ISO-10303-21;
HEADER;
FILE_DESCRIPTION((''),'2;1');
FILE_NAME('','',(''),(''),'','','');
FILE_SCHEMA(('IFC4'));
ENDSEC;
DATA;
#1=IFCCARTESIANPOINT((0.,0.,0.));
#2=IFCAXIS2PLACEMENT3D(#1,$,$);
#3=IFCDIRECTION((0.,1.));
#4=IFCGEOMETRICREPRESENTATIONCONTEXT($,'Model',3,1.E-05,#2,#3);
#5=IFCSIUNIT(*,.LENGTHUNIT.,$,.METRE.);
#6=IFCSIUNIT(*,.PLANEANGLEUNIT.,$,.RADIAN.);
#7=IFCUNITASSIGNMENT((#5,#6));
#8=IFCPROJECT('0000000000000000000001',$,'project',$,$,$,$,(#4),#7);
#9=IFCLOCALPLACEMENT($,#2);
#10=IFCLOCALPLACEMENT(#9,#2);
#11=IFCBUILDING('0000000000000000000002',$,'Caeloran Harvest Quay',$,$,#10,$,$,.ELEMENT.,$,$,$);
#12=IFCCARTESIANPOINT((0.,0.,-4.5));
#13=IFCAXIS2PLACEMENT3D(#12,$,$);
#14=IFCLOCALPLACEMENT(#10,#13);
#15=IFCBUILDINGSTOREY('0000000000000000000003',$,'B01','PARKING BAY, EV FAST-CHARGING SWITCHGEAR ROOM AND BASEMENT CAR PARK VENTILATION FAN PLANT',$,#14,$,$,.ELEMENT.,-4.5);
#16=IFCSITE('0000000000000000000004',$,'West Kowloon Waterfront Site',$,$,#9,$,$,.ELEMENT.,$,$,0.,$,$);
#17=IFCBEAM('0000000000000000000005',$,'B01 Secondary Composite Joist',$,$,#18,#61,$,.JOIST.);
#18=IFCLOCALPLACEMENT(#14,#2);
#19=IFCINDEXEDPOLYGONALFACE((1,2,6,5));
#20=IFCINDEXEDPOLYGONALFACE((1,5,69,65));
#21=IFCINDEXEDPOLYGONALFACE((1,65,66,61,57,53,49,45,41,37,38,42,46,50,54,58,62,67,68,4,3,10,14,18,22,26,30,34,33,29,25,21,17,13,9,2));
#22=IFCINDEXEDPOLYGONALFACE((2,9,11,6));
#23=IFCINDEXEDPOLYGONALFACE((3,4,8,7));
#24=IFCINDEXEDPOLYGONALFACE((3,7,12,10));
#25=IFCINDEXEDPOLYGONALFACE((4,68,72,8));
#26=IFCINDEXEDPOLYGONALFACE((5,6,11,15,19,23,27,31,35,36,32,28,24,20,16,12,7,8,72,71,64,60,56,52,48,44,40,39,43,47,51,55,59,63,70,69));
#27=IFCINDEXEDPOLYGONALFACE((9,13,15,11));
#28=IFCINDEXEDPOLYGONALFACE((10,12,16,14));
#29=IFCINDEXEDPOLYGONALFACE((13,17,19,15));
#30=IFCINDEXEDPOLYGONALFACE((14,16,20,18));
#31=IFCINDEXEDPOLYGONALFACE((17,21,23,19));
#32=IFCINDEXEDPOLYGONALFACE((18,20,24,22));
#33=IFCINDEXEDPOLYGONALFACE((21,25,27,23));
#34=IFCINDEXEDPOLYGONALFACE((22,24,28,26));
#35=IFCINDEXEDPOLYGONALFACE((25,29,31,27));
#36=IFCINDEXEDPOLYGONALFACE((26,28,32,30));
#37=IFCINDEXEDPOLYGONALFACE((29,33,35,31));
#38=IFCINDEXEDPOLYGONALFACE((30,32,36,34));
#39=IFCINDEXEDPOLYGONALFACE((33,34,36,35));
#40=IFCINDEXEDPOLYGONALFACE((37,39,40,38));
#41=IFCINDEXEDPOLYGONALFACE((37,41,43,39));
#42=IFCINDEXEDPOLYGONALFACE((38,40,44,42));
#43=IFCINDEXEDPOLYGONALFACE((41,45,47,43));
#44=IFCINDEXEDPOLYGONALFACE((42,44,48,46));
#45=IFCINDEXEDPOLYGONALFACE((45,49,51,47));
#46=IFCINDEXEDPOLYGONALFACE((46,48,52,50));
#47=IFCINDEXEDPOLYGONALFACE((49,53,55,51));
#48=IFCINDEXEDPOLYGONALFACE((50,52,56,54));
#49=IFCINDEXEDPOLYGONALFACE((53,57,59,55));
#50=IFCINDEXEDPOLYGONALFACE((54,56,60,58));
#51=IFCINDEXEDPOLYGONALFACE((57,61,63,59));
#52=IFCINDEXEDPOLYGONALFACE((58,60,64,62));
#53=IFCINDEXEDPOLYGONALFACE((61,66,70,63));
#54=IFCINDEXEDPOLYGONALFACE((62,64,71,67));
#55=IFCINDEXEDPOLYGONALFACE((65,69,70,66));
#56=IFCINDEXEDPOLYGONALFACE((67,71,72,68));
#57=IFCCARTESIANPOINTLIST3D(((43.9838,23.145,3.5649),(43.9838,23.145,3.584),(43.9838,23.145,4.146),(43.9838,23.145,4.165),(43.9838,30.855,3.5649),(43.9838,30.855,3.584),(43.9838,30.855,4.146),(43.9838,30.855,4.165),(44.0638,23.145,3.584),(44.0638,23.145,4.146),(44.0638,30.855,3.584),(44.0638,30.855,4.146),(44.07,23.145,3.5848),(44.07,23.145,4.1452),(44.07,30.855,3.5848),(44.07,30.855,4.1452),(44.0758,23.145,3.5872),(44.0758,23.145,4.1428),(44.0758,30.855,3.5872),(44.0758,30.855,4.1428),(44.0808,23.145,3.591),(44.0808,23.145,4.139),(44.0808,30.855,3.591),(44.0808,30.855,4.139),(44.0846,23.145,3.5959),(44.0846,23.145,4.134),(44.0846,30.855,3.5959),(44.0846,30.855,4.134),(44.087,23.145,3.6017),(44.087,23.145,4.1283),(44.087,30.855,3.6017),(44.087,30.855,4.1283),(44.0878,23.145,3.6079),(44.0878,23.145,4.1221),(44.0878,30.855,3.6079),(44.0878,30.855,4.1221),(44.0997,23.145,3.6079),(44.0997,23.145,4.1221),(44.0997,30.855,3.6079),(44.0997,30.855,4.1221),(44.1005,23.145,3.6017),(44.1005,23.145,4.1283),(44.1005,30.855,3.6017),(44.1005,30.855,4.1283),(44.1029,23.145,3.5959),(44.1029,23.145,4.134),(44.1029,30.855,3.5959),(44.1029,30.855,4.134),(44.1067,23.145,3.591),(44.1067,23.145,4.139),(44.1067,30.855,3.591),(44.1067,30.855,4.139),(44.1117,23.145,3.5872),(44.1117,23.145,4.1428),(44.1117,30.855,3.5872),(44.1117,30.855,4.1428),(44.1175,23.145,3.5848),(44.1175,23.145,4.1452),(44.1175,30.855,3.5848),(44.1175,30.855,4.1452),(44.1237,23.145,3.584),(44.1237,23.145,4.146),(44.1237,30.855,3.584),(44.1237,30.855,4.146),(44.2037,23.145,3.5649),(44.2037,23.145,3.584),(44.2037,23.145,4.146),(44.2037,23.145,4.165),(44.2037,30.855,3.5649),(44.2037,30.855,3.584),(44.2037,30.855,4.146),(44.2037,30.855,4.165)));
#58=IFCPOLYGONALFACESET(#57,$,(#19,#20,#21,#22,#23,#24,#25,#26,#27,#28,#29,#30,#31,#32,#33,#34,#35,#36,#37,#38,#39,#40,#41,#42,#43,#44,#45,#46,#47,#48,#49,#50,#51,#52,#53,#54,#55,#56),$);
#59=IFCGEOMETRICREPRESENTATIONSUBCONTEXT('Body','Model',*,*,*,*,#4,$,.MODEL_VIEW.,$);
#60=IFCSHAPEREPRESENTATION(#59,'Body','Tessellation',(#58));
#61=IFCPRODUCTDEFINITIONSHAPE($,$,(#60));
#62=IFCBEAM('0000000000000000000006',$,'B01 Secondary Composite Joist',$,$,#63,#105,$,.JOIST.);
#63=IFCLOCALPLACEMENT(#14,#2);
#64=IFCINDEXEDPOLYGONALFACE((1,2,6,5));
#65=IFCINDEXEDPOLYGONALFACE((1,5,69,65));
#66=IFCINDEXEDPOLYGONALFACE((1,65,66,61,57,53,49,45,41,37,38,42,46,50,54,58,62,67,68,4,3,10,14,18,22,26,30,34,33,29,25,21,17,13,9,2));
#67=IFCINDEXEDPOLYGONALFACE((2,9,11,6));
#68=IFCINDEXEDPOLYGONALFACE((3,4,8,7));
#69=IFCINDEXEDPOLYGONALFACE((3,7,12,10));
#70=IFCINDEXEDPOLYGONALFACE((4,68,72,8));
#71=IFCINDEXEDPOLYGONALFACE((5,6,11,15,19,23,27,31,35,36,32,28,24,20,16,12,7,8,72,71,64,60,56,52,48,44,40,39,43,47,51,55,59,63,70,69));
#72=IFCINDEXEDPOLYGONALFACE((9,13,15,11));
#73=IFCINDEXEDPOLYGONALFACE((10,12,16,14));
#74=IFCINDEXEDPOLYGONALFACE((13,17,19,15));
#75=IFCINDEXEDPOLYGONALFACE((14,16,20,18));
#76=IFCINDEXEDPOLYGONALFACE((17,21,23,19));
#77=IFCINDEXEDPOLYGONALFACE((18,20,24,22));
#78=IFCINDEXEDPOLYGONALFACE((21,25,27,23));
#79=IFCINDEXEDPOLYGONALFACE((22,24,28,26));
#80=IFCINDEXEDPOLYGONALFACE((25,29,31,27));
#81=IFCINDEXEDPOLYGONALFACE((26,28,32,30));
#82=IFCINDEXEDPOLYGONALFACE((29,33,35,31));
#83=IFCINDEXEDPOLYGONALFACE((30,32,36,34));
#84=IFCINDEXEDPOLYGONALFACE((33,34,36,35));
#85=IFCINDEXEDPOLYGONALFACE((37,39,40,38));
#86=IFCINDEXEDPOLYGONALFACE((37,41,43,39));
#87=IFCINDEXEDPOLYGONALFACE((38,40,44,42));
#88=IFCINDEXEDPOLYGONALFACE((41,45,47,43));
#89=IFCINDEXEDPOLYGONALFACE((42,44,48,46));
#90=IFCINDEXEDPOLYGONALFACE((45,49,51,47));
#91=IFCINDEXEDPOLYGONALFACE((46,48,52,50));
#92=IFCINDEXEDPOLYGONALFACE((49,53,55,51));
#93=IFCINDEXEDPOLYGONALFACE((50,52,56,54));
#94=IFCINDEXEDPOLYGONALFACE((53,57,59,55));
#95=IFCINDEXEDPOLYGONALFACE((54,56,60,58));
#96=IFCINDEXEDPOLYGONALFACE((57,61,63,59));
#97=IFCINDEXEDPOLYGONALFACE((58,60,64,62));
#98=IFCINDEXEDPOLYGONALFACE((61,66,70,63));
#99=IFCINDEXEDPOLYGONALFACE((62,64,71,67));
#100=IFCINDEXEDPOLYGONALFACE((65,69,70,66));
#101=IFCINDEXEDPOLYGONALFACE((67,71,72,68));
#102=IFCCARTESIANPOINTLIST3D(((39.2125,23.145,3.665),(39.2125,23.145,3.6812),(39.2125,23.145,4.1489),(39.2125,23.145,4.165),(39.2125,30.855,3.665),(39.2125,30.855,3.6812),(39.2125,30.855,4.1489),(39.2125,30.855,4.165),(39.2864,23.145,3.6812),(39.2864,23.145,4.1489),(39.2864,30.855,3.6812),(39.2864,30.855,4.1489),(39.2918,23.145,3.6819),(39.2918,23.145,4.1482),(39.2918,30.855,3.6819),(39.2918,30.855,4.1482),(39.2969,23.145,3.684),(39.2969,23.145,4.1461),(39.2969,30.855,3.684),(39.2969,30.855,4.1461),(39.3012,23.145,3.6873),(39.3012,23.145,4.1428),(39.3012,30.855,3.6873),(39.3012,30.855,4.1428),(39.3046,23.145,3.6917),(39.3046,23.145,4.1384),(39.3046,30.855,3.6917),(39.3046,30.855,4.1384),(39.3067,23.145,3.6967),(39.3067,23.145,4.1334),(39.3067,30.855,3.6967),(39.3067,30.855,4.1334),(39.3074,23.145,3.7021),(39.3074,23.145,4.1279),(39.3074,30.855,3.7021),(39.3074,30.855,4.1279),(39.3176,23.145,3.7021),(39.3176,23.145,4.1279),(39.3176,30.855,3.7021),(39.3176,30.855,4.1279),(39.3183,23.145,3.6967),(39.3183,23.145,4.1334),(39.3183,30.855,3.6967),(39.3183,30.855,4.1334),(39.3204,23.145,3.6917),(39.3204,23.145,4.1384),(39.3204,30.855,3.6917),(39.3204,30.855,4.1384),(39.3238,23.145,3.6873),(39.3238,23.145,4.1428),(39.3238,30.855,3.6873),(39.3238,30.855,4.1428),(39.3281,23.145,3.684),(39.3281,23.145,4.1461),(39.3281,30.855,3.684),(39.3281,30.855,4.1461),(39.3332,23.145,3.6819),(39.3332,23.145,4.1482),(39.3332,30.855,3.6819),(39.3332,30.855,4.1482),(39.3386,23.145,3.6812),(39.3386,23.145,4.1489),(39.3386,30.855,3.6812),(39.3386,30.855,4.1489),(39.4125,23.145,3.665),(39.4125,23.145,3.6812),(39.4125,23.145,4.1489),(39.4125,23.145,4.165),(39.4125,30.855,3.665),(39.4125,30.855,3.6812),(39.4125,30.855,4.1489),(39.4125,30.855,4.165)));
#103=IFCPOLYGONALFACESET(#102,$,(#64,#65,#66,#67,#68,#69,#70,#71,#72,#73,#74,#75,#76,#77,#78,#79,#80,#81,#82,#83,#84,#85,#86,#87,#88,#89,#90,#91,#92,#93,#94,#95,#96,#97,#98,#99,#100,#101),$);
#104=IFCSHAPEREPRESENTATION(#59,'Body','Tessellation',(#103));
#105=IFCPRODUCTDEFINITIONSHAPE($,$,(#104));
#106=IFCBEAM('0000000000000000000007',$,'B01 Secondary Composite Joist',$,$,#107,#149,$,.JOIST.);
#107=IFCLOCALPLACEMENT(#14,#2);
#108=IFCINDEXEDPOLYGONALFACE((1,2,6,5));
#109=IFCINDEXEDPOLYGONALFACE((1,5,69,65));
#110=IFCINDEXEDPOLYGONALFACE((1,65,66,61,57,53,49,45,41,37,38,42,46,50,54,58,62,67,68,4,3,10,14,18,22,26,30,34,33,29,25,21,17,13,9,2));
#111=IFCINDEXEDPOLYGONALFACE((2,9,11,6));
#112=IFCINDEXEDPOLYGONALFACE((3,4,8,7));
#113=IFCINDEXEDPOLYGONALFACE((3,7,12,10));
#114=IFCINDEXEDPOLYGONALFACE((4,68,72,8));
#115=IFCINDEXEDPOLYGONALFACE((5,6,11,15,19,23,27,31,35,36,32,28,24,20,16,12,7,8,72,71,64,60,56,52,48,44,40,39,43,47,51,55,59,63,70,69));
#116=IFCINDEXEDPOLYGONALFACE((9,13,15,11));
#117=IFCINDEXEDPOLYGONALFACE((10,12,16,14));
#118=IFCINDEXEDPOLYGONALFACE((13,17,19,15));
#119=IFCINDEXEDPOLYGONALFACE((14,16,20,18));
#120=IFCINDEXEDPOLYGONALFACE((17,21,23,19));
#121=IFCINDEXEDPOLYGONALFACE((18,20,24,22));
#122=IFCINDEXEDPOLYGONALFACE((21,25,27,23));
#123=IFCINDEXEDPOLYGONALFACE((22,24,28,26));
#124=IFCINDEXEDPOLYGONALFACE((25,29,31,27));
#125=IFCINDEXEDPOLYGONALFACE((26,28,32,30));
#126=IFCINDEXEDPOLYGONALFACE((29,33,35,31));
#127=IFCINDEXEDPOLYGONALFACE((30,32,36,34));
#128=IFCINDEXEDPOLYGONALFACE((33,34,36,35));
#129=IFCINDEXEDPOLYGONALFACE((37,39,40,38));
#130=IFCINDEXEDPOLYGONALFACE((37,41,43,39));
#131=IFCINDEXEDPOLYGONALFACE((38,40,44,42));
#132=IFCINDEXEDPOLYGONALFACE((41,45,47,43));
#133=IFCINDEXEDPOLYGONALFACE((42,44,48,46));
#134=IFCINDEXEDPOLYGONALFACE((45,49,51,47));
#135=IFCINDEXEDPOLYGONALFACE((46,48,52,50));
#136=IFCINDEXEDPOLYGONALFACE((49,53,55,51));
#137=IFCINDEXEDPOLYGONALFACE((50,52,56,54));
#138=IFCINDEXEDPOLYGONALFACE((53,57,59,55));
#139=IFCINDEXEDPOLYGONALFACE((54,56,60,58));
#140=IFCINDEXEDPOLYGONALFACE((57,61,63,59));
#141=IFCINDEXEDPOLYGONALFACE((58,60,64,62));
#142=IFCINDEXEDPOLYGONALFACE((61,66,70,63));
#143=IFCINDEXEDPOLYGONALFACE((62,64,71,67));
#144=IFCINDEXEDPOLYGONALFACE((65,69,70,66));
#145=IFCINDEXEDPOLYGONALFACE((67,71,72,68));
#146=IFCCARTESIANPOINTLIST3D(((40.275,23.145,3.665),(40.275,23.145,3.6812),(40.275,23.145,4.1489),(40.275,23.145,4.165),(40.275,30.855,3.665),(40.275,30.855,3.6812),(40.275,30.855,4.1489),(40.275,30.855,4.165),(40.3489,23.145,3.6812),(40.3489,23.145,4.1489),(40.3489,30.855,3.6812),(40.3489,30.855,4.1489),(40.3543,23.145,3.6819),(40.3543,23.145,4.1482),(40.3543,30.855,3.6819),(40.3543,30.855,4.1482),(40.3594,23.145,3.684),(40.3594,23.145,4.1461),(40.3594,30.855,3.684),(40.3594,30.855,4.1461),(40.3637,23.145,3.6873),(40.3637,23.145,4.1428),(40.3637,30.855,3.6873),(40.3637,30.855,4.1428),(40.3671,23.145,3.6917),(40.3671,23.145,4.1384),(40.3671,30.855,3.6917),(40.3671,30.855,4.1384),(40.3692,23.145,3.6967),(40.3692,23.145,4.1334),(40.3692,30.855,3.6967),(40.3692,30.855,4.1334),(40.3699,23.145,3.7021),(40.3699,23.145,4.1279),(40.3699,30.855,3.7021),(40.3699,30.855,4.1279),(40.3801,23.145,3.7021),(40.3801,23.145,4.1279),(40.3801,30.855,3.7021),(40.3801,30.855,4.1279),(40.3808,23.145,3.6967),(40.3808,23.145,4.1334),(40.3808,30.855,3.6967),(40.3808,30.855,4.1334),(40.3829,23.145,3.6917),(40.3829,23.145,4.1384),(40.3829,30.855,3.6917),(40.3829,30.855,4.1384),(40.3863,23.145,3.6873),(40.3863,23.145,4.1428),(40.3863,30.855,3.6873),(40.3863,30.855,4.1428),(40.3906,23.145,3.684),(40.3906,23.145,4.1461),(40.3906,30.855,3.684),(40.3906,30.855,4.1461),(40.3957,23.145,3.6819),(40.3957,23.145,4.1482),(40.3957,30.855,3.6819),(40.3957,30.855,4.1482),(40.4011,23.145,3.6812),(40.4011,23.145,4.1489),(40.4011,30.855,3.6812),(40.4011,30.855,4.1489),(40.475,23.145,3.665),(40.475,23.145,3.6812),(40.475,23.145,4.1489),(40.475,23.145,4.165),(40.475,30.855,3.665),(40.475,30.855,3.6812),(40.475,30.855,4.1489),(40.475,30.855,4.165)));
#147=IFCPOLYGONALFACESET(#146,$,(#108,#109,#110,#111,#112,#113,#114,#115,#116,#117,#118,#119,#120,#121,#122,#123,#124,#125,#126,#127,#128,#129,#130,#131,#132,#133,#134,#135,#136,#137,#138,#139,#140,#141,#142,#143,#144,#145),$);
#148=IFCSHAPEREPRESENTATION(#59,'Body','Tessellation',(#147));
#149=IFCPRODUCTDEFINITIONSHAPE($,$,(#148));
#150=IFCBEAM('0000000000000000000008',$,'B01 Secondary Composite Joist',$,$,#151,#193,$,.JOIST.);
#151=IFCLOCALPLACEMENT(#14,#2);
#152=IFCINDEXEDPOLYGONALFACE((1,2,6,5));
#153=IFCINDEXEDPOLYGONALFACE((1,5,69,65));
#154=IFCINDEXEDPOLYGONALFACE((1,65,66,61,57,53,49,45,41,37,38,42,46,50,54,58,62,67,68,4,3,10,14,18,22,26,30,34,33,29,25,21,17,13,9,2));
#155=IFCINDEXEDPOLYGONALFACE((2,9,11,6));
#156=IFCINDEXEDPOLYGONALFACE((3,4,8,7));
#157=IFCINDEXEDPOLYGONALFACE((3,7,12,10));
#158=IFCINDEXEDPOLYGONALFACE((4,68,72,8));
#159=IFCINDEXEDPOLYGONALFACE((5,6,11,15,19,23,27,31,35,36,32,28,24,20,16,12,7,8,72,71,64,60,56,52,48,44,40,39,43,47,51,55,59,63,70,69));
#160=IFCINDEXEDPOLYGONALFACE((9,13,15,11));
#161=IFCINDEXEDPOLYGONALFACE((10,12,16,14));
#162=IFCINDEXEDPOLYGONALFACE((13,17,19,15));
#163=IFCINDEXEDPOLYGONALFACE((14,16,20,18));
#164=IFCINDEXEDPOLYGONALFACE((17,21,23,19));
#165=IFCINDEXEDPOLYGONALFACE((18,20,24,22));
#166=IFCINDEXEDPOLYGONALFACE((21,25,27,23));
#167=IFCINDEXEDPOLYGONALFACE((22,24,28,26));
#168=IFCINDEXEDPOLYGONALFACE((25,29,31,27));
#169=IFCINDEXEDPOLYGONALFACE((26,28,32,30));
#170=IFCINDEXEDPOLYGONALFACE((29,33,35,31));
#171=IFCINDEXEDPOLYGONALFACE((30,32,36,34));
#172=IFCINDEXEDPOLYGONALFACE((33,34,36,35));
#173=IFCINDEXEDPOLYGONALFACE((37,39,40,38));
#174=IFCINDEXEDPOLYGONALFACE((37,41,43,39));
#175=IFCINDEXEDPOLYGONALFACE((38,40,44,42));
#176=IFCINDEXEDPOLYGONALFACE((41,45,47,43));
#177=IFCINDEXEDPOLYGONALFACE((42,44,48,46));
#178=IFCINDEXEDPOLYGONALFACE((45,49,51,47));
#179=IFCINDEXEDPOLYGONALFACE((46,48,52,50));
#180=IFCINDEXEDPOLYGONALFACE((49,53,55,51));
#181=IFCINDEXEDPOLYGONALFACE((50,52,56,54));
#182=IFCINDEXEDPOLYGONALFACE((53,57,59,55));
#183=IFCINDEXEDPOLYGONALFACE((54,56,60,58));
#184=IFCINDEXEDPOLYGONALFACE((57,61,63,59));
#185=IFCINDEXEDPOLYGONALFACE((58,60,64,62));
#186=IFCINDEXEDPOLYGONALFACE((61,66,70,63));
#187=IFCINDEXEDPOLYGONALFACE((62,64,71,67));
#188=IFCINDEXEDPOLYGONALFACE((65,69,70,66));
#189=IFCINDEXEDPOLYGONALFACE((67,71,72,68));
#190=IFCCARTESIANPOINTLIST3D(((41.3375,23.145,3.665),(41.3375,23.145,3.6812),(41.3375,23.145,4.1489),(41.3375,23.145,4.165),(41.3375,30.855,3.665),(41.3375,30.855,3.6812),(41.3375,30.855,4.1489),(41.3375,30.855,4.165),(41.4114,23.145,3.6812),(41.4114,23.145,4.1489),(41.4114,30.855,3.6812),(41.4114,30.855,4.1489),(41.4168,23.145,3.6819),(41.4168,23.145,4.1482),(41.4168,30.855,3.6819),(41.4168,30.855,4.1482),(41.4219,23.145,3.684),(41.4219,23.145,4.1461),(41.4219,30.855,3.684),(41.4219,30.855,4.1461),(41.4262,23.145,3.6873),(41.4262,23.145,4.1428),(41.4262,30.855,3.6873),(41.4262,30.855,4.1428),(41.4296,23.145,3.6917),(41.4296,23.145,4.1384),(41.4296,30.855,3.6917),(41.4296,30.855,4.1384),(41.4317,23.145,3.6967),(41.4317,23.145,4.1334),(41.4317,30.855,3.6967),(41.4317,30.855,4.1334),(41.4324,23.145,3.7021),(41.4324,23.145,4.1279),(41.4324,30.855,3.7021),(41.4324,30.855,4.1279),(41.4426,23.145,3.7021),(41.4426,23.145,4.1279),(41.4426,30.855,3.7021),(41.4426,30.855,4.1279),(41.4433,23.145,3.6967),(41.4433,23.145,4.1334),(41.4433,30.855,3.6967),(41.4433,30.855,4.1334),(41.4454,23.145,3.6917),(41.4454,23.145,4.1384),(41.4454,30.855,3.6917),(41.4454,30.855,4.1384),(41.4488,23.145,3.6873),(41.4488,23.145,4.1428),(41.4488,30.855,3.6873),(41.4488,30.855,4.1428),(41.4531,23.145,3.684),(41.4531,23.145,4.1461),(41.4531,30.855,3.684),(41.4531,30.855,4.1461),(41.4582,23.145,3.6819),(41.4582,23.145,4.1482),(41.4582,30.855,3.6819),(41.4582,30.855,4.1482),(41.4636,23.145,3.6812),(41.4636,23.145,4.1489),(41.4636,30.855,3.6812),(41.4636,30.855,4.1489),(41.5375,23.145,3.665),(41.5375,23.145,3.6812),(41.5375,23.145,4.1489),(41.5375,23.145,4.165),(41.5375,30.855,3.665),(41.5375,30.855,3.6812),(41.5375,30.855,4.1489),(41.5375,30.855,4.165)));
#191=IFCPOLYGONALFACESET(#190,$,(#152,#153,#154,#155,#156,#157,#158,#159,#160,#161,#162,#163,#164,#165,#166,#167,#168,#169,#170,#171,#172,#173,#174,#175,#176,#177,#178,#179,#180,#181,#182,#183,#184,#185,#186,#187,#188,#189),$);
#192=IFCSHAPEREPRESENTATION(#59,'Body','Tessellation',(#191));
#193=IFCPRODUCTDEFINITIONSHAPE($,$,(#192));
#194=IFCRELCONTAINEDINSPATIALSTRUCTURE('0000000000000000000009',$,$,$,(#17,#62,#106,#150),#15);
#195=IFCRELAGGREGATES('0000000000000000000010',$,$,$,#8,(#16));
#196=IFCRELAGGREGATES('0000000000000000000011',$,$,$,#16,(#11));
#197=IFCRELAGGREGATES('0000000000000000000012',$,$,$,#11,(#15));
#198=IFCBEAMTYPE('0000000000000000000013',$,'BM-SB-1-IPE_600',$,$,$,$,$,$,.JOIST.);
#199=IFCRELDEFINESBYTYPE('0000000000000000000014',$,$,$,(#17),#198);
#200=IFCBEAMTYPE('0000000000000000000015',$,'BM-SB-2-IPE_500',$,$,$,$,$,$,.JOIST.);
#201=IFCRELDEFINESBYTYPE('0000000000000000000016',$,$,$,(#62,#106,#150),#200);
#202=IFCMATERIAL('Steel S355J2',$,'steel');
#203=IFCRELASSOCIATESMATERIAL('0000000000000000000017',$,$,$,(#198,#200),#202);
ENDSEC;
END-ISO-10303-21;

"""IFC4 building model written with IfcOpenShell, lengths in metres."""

from ifc_helpers import new_model, si_unit, direction, frame, origin, origin_2d, place, context, subcontext, project, spatial, i_section, extrude, material, material_profile, profile_set, type_object, element, save


model = new_model("IFC4")

# Units and contexts
model_context = context("Model", 3, precision=1e-05, world=origin(), true_north=direction((0.0, 1.0)))
body_context = subcontext(model_context, "Body", "Model", "MODEL_VIEW")
ifc_project = project(units=[si_unit("LENGTHUNIT", "METRE"), si_unit("PLANEANGLEUNIT", "RADIAN")], contexts=[model_context])

# Site, building, storey
site_placement = place(None, origin())
site = spatial("IfcSite", under=ifc_project, at=site_placement, Name="West Kowloon Waterfront Site", CompositionType="ELEMENT", RefElevation=0.0)
building_placement = place(site_placement, origin())
building = spatial("IfcBuilding", under=site, at=building_placement, Name="Caeloran Harvest Quay", CompositionType="ELEMENT")
storey_placement = place(building_placement, frame((0.0, 0.0, -4.5)))
storey = spatial("IfcBuildingStorey", under=building, at=storey_placement, Name="B01", Description="PARKING BAY, EV FAST-CHARGING SWITCHGEAR ROOM AND BASEMENT CAR PARK VENTILATION FAN PLANT", CompositionType="ELEMENT", Elevation=-4.5)

# Beams
ifc_material_1 = material(Name="Steel S355J2", Category="steel")
ifc_material_profile_1 = material_profile(ifc_material_1, i_section(OverallWidth=0.22, OverallDepth=0.6001, WebThickness=0.012, FlangeThickness=0.019, FilletRadius=0.0239, at=origin_2d()), Name="IPE 600")
ifc_profile_set_1 = profile_set([ifc_material_profile_1], Name="Steel S355J2")
beam_type_1 = type_object("IfcBeamType", Name="BM-SB-1-IPE_600", PredefinedType="JOIST", material=ifc_profile_set_1)
for number, where, z_axis, x_axis, name in (
    (1, (44.0938, 23.145, 3.865), (0.0, 1.0, 0.0), (-1.0, 0.0, 0.0), "B01 Secondary Composite Joist"),
):
    element("IfcBeam", number, at=place(storey_placement, frame(where, z_axis=z_axis, x_axis=x_axis)), inside=storey, type_object=beam_type_1, Name=name, PredefinedType="JOIST", context=body_context, shape_type="SweptSolid", body=[
        extrude(i_section(OverallWidth=0.22, OverallDepth=0.6001, WebThickness=0.012, FlangeThickness=0.019, FilletRadius=0.0239, at=origin_2d()), origin(), (0.0, 0.0, 1.0), 7.71),
    ])
ifc_material_profile_2 = material_profile(ifc_material_1, i_section(OverallWidth=0.2, OverallDepth=0.5, WebThickness=0.0103, FlangeThickness=0.0161, FilletRadius=0.021, at=origin_2d()), Name="IPE 500")
ifc_profile_set_2 = profile_set([ifc_material_profile_2], Name="Steel S355J2")
beam_type_2 = type_object("IfcBeamType", Name="BM-SB-2-IPE_500", PredefinedType="JOIST", material=ifc_profile_set_2)
for number, where, z_axis, x_axis, name in (
    (2, (39.3125, 23.145, 3.915), (0.0, 1.0, 0.0), (-1.0, 0.0, 0.0), "B01 Secondary Composite Joist"),
    (3, (40.375, 23.145, 3.915), (0.0, 1.0, 0.0), (-1.0, 0.0, 0.0), "B01 Secondary Composite Joist"),
    (4, (41.4375, 23.145, 3.915), (0.0, 1.0, 0.0), (-1.0, 0.0, 0.0), "B01 Secondary Composite Joist"),
):
    element("IfcBeam", number, at=place(storey_placement, frame(where, z_axis=z_axis, x_axis=x_axis)), inside=storey, type_object=beam_type_2, Name=name, PredefinedType="JOIST", context=body_context, shape_type="SweptSolid", body=[
        extrude(i_section(OverallWidth=0.2, OverallDepth=0.5, WebThickness=0.0103, FlangeThickness=0.0161, FilletRadius=0.021, at=origin_2d()), origin(), (0.0, 0.0, 1.0), 7.71),
    ])

save(model, "model.ifc")
